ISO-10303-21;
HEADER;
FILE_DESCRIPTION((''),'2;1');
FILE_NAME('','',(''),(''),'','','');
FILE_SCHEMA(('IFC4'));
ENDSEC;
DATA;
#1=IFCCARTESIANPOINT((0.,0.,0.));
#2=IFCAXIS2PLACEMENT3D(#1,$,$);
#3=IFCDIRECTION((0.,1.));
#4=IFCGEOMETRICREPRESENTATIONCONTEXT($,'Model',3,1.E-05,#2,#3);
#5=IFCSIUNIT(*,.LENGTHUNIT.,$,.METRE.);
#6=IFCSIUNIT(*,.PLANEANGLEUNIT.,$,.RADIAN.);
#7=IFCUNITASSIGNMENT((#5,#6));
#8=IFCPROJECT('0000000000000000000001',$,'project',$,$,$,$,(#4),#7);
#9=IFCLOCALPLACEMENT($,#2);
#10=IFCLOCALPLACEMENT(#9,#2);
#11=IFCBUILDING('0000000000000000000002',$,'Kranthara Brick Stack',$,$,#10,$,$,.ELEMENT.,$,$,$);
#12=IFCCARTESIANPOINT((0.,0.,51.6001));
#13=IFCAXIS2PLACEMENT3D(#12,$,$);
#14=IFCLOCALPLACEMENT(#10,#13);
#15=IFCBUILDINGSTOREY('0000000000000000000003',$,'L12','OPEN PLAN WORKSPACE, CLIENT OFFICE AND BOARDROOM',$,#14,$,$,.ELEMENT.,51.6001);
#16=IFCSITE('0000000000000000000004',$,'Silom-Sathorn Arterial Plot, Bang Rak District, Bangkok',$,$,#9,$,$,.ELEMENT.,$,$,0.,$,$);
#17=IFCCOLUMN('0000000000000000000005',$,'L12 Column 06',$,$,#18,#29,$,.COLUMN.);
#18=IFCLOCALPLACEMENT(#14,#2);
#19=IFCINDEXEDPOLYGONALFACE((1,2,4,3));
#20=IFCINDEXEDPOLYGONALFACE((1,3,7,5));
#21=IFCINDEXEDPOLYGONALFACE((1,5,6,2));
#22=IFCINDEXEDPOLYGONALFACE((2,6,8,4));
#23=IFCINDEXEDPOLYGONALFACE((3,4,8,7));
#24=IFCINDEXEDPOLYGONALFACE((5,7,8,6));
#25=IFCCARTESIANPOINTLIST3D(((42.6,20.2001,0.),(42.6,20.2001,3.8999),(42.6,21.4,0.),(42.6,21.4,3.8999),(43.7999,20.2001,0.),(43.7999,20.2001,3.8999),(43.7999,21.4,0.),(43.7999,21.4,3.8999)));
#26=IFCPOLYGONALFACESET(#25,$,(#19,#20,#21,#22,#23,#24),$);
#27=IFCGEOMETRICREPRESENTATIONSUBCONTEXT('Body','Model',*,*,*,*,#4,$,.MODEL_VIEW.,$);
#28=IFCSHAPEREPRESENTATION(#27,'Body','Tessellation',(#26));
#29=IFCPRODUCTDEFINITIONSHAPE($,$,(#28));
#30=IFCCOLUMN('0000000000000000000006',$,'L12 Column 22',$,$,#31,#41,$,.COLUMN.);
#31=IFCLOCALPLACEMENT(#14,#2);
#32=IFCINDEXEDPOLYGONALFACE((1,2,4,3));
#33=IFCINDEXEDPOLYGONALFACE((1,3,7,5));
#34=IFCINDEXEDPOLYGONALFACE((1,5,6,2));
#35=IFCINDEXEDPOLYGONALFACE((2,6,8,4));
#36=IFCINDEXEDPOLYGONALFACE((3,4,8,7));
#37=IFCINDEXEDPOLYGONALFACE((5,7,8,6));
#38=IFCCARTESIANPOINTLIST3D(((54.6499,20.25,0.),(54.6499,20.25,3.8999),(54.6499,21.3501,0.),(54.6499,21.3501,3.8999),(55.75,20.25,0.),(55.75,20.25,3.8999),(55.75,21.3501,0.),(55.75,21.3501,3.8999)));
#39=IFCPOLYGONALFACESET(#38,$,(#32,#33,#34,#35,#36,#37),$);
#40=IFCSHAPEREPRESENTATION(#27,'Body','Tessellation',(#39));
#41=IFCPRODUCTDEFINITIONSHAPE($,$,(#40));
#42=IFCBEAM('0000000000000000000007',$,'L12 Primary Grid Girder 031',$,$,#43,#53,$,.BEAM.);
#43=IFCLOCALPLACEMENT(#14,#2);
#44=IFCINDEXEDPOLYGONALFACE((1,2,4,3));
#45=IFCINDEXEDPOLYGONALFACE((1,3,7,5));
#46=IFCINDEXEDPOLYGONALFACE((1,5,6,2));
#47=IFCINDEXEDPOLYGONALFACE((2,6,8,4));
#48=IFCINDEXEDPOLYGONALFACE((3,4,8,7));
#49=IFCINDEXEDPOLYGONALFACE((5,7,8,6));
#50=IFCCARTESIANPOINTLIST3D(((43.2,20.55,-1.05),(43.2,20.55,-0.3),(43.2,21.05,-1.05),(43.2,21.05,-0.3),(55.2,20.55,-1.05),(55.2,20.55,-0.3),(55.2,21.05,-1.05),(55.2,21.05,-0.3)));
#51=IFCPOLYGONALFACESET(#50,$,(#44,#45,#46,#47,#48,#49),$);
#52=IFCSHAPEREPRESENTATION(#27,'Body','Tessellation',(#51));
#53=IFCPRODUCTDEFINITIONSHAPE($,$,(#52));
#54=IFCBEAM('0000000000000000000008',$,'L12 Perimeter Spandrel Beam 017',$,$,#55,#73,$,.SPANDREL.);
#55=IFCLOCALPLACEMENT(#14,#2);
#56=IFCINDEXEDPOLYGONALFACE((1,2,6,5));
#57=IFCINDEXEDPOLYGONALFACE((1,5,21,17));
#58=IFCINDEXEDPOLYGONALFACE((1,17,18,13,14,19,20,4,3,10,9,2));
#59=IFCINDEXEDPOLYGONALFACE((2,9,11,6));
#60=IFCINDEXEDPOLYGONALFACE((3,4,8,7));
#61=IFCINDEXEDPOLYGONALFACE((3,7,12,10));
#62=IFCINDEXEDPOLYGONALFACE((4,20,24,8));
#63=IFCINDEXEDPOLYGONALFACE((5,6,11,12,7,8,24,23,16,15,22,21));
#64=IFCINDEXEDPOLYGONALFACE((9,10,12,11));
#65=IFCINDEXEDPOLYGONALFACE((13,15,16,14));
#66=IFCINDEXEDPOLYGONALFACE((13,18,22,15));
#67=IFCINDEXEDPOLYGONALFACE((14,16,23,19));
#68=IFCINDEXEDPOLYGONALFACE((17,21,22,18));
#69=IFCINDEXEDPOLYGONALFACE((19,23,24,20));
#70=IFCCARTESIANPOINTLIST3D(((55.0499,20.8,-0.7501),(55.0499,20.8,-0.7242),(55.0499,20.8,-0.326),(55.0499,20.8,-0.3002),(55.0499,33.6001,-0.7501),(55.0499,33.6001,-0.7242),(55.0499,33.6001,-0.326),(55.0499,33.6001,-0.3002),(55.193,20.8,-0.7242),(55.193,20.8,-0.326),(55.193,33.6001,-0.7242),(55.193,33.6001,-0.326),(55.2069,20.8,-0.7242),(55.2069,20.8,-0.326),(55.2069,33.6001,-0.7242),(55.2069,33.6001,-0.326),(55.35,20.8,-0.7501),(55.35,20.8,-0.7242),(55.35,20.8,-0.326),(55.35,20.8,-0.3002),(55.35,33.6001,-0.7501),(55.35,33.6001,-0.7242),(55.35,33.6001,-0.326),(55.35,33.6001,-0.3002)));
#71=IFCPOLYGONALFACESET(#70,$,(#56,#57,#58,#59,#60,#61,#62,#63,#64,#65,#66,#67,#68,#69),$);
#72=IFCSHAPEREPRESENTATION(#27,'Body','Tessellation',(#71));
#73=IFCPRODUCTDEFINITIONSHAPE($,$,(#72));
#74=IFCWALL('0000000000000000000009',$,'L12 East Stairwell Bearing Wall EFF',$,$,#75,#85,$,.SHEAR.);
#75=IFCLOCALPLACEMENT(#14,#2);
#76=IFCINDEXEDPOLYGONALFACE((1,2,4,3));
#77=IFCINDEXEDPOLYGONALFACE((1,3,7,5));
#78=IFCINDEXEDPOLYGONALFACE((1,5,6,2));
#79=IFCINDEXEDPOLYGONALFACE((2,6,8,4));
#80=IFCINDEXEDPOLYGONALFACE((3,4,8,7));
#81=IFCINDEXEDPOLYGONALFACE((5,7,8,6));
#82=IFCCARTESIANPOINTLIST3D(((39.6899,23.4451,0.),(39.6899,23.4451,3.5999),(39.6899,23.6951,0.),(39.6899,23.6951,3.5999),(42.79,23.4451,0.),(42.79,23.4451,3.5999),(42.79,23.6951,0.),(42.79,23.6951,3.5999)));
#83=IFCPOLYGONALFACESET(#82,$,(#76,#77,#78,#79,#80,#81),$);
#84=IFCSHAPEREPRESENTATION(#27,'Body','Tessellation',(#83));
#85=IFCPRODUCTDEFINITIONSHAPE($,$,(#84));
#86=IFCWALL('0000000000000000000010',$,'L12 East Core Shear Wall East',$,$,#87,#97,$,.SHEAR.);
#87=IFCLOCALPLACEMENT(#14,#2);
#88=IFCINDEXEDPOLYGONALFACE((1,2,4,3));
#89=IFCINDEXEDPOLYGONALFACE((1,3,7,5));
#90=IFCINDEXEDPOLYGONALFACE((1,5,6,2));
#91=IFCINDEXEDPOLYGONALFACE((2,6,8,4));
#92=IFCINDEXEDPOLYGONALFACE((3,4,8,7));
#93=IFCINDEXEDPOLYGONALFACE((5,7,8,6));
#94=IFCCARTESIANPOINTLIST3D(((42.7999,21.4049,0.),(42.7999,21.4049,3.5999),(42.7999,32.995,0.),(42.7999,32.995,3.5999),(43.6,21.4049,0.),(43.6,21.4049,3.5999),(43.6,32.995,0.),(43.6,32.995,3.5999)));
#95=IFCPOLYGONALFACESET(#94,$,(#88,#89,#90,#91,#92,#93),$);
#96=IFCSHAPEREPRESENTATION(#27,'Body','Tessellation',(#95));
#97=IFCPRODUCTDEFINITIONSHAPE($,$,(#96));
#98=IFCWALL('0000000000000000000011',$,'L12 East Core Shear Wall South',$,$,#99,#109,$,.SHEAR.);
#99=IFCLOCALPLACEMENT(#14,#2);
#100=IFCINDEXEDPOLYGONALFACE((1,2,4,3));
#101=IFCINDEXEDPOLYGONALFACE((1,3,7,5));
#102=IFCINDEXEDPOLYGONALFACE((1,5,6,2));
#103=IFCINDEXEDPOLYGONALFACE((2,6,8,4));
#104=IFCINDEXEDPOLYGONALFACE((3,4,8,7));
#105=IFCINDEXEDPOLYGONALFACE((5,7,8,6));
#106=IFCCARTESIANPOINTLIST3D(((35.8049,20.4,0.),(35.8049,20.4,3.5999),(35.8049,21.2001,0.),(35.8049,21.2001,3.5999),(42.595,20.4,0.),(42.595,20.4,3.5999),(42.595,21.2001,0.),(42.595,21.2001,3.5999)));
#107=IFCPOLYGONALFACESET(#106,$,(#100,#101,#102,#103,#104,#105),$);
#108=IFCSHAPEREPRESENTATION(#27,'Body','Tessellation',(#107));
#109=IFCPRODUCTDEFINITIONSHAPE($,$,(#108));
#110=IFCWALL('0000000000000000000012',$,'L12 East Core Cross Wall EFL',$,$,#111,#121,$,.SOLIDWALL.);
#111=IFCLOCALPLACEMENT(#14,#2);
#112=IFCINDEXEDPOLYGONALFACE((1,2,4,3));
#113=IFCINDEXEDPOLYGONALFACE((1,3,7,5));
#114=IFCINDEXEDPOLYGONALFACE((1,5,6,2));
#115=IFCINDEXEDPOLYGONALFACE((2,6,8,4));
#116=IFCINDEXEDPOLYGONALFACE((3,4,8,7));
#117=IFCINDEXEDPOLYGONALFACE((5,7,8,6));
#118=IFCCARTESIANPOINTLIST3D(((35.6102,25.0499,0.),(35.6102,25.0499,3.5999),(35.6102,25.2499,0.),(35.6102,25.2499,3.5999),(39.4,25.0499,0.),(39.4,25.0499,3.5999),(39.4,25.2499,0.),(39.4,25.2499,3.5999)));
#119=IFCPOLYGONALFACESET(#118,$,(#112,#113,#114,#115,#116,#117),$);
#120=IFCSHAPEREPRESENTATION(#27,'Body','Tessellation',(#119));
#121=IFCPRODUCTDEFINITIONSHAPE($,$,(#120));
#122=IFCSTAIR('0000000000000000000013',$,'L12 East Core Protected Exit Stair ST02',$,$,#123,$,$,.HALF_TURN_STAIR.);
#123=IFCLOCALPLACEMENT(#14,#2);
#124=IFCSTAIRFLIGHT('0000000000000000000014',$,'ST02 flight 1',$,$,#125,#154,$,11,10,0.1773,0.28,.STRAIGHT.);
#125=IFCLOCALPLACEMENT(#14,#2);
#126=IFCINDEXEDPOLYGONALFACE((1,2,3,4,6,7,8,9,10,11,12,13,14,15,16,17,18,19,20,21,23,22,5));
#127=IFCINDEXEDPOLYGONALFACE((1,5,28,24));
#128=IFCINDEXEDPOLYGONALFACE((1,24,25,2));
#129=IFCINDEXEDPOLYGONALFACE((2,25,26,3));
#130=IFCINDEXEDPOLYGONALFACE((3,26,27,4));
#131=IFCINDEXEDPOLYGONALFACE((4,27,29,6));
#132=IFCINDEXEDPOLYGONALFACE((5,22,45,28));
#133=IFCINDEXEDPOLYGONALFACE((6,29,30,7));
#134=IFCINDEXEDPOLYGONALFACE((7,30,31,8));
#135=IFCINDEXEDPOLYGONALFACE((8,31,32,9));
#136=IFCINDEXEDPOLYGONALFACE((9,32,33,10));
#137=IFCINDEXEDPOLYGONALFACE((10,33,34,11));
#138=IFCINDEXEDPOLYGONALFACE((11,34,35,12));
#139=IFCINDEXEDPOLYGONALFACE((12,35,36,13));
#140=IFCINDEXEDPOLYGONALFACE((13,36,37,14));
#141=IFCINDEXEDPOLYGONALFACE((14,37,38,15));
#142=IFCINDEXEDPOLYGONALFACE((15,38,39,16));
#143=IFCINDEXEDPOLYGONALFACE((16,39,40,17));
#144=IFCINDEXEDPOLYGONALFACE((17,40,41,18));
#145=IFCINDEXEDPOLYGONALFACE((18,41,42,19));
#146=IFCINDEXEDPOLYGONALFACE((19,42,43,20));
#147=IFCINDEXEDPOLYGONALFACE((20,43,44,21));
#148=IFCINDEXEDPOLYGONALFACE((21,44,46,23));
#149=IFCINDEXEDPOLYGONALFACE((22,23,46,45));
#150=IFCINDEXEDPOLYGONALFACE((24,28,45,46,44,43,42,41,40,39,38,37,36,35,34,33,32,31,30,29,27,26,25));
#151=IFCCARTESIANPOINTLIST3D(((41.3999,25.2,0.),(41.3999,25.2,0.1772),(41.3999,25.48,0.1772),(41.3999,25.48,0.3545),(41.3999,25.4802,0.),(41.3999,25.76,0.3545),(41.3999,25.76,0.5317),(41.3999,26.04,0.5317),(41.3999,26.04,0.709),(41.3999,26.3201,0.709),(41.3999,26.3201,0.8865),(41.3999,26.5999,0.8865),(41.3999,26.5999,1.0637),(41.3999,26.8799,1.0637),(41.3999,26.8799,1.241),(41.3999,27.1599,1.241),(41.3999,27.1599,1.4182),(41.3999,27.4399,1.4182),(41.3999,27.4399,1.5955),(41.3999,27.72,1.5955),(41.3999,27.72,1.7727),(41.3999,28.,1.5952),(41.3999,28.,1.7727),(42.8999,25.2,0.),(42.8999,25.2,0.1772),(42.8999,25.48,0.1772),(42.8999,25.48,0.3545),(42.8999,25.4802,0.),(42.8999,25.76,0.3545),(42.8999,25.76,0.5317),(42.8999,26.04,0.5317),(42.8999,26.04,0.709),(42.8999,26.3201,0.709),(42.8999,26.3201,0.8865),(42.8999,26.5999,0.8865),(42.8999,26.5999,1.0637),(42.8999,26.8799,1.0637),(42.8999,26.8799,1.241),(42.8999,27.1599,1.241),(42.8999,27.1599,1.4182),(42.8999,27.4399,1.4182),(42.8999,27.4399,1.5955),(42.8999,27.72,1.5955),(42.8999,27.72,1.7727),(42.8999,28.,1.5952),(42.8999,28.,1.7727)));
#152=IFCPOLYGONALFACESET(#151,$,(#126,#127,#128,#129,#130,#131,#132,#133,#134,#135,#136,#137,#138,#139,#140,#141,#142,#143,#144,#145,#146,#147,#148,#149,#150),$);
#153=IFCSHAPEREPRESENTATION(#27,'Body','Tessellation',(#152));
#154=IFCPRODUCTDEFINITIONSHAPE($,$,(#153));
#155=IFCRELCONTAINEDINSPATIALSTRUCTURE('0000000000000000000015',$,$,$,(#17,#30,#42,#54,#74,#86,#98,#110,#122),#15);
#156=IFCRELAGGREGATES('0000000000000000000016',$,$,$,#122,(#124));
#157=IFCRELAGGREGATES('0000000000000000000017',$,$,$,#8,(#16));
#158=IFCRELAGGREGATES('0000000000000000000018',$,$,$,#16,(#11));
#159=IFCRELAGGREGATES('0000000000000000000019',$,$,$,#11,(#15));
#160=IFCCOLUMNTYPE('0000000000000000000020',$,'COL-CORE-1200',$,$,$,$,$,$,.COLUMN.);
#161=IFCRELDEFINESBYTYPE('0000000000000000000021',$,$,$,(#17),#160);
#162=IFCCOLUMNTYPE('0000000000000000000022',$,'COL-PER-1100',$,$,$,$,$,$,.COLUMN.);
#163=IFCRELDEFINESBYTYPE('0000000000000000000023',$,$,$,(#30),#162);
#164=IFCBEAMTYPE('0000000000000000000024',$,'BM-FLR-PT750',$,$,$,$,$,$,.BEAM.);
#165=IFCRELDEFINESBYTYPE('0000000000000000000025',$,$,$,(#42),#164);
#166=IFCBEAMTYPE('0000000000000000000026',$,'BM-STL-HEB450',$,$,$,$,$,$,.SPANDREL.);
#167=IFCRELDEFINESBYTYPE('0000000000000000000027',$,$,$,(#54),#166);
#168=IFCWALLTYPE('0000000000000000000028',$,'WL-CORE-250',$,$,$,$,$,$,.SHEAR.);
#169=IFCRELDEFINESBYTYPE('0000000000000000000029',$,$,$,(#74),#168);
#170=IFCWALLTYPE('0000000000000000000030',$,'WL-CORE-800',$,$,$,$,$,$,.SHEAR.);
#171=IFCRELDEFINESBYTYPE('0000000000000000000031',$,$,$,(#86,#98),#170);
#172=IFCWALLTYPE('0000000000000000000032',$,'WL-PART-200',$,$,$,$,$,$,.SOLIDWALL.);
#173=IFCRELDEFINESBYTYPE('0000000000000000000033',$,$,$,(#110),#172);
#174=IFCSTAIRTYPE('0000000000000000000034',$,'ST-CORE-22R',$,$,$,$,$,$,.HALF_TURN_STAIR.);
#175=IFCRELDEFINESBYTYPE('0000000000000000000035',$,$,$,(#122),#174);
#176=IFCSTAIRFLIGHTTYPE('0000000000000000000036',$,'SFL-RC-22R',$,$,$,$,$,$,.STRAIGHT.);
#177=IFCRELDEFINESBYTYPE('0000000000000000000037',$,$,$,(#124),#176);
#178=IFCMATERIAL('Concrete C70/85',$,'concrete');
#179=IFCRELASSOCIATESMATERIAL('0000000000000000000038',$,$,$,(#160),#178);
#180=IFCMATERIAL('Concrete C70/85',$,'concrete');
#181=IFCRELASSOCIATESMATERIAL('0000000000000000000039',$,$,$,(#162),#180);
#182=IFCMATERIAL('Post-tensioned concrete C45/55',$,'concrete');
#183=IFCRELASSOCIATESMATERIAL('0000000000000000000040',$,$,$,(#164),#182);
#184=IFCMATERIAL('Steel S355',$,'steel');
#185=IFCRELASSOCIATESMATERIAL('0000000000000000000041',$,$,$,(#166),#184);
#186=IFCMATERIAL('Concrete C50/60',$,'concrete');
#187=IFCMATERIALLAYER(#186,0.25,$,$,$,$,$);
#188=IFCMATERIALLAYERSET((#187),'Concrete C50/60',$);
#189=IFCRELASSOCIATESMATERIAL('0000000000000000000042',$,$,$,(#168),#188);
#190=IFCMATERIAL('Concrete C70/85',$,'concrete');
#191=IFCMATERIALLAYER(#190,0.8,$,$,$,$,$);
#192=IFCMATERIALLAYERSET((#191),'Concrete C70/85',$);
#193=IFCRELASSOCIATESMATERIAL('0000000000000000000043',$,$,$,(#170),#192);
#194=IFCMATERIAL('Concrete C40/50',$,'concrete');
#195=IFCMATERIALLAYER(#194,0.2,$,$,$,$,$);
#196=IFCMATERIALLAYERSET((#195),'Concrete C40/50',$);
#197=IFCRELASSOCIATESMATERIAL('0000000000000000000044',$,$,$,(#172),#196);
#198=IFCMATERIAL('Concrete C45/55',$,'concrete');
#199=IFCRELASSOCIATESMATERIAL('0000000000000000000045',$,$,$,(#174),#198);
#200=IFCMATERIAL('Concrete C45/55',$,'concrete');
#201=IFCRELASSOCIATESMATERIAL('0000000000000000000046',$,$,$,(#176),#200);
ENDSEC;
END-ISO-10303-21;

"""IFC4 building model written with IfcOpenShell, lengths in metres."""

from ifc_helpers import new_model, si_unit, direction, frame, frame_2d, origin, origin_2d, place, context, subcontext, project, spatial, polyline, rectangle, i_section, outline, extrude, material, layer, layer_set, material_profile, profile_set, type_object, element, aggregate, save


model = new_model("IFC4")

# Units and contexts
model_context = context("Model", 3, precision=1e-05, world=origin(), true_north=direction((0.0, 1.0)))
body_context = subcontext(model_context, "Body", "Model", "MODEL_VIEW")
ifc_project = project(units=[si_unit("LENGTHUNIT", "METRE"), si_unit("PLANEANGLEUNIT", "RADIAN")], contexts=[model_context])

# Site, building, storey
site_placement = place(None, origin())
site = spatial("IfcSite", under=ifc_project, at=site_placement, Name="Silom-Sathorn Arterial Plot, Bang Rak District, Bangkok", CompositionType="ELEMENT", RefElevation=0.0)
building_placement = place(site_placement, origin())
building = spatial("IfcBuilding", under=site, at=building_placement, Name="Kranthara Brick Stack", CompositionType="ELEMENT")
storey_placement = place(building_placement, frame((0.0, 0.0, 51.6001)))
storey = spatial("IfcBuildingStorey", under=building, at=storey_placement, Name="L12", Description="OPEN PLAN WORKSPACE, CLIENT OFFICE AND BOARDROOM", CompositionType="ELEMENT", Elevation=51.6001)

# Columns
ifc_material_1 = material(Name="Concrete C70/85", Category="concrete")
ifc_material_profile_1 = material_profile(ifc_material_1, rectangle(XDim=1.2, YDim=1.2, at=origin_2d()), Name="RC 1200x1200")
ifc_profile_set_1 = profile_set([ifc_material_profile_1], Name="Concrete C70/85")
column_type_1 = type_object("IfcColumnType", Name="COL-CORE-1200", PredefinedType="COLUMN", material=ifc_profile_set_1)
column_1_placement = place(storey_placement, frame((43.2, 20.8, 0.0), z_axis=(0.0, 0.0, 1.0), x_axis=(1.0, 0.0, 0.0)))
element("IfcColumn", 1, at=column_1_placement, inside=storey, type_object=column_type_1, Name="L12 Column 06", PredefinedType="COLUMN", context=body_context, shape_type="SweptSolid", body=[
    extrude(rectangle(XDim=1.2, YDim=1.2, at=origin_2d()), origin(), (0.0, 0.0, 1.0), 3.8999),
])
ifc_material_2 = material(Name="Concrete C70/85", Category="concrete")
ifc_material_profile_2 = material_profile(ifc_material_2, rectangle(XDim=1.1001, YDim=1.1001, at=origin_2d()), Name="RC 1100x1100")
ifc_profile_set_2 = profile_set([ifc_material_profile_2], Name="Concrete C70/85")
column_type_2 = type_object("IfcColumnType", Name="COL-PER-1100", PredefinedType="COLUMN", material=ifc_profile_set_2)
column_2_placement = place(storey_placement, frame((55.2, 20.8, 0.0), z_axis=(0.0, 0.0, 1.0), x_axis=(1.0, 0.0, 0.0)))
element("IfcColumn", 2, at=column_2_placement, inside=storey, type_object=column_type_2, Name="L12 Column 22", PredefinedType="COLUMN", context=body_context, shape_type="SweptSolid", body=[
    extrude(rectangle(XDim=1.1001, YDim=1.1001, at=origin_2d()), origin(), (0.0, 0.0, 1.0), 3.8999),
])

# Beams
ifc_material_3 = material(Name="Post-tensioned concrete C45/55", Category="concrete")
ifc_material_profile_3 = material_profile(ifc_material_3, rectangle(XDim=0.5, YDim=0.75, at=origin_2d()), Name="PT 500x750")
ifc_profile_set_3 = profile_set([ifc_material_profile_3], Name="Post-tensioned concrete C45/55")
beam_type_1 = type_object("IfcBeamType", Name="BM-FLR-PT750", PredefinedType="BEAM", material=ifc_profile_set_3)
beam_1_placement = place(storey_placement, frame((43.2, 20.8, -0.675), z_axis=(1.0, 0.0, 0.0), x_axis=(0.0, 1.0, 0.0)))
element("IfcBeam", 3, at=beam_1_placement, inside=storey, type_object=beam_type_1, Name="L12 Primary Grid Girder 031", PredefinedType="BEAM", context=body_context, shape_type="SweptSolid", body=[
    extrude(rectangle(XDim=0.5, YDim=0.75, at=origin_2d()), origin(), (0.0, 0.0, 1.0), 12.0),
])
ifc_material_4 = material(Name="Steel S355", Category="steel")
ifc_material_profile_4 = material_profile(ifc_material_4, i_section(OverallWidth=0.3, OverallDepth=0.45, WebThickness=0.0139, FlangeThickness=0.0259, at=origin_2d()), Name="HEB 450")
ifc_profile_set_4 = profile_set([ifc_material_profile_4], Name="Steel S355")
beam_type_2 = type_object("IfcBeamType", Name="BM-STL-HEB450", PredefinedType="SPANDREL", material=ifc_profile_set_4)
beam_2_placement = place(storey_placement, frame((55.2, 20.8, -0.5251), z_axis=(0.0, 1.0, 0.0), x_axis=(-1.0, 0.0, 0.0)))
element("IfcBeam", 4, at=beam_2_placement, inside=storey, type_object=beam_type_2, Name="L12 Perimeter Spandrel Beam 017", PredefinedType="SPANDREL", context=body_context, shape_type="SweptSolid", body=[
    extrude(i_section(OverallWidth=0.3, OverallDepth=0.45, WebThickness=0.0139, FlangeThickness=0.0259, at=origin_2d()), origin(), (0.0, 0.0, 1.0), 12.8),
])

# Shared definitions
ifc_material_5 = material(Name="Concrete C50/60", Category="concrete")
ifc_layer_1 = layer(ifc_material_5, 0.25)
ifc_layer_set_1 = layer_set([ifc_layer_1], Name="Concrete C50/60")
wall_type_1 = type_object("IfcWallType", Name="WL-CORE-250", PredefinedType="SHEAR", material=ifc_layer_set_1)

# Walls
wall_1_placement = place(storey_placement, frame((39.6899, 23.5701, 0.0), z_axis=(0.0, 0.0, 1.0), x_axis=(1.0, 0.0, 0.0)))
element("IfcWall", 5, at=wall_1_placement, inside=storey, type_object=wall_type_1, Name="L12 East Stairwell Bearing Wall EFF", PredefinedType="SHEAR", context=body_context, shape_type="SweptSolid", body=[
    extrude(rectangle(XDim=3.1001, YDim=0.25, at=frame_2d((1.55, 0.0))), origin(), (0.0, 0.0, 1.0), 3.5999),
])
ifc_material_6 = material(Name="Concrete C70/85", Category="concrete")
ifc_layer_2 = layer(ifc_material_6, 0.8)
ifc_layer_set_2 = layer_set([ifc_layer_2], Name="Concrete C70/85")
wall_type_2 = type_object("IfcWallType", Name="WL-CORE-800", PredefinedType="SHEAR", material=ifc_layer_set_2)
wall_2_placement = place(storey_placement, frame((43.2, 21.405, 0.0), z_axis=(0.0, 0.0, 1.0), x_axis=(0.0, 1.0, 0.0)))
element("IfcWall", 6, at=wall_2_placement, inside=storey, type_object=wall_type_2, Name="L12 East Core Shear Wall East", PredefinedType="SHEAR", context=body_context, shape_type="SweptSolid", body=[
    extrude(rectangle(XDim=11.5901, YDim=0.8, at=frame_2d((5.7949, 0.0))), origin(), (0.0, 0.0, 1.0), 3.5999),
])
wall_3_placement = place(storey_placement, frame((35.8049, 20.8, 0.0), z_axis=(0.0, 0.0, 1.0), x_axis=(1.0, 0.0, 0.0)))
element("IfcWall", 7, at=wall_3_placement, inside=storey, type_object=wall_type_2, Name="L12 East Core Shear Wall South", PredefinedType="SHEAR", context=body_context, shape_type="SweptSolid", body=[
    extrude(rectangle(XDim=6.79, YDim=0.8, at=frame_2d((3.395, 0.0))), origin(), (0.0, 0.0, 1.0), 3.5999),
])
ifc_material_7 = material(Name="Concrete C40/50", Category="concrete")
ifc_layer_3 = layer(ifc_material_7, 0.2)
ifc_layer_set_3 = layer_set([ifc_layer_3], Name="Concrete C40/50")
wall_type_3 = type_object("IfcWallType", Name="WL-PART-200", PredefinedType="SOLIDWALL", material=ifc_layer_set_3)
wall_4_placement = place(storey_placement, frame((35.6101, 25.1499, 0.0), z_axis=(0.0, 0.0, 1.0), x_axis=(1.0, 0.0, 0.0)))
element("IfcWall", 8, at=wall_4_placement, inside=storey, type_object=wall_type_3, Name="L12 East Core Cross Wall EFL", PredefinedType="SOLIDWALL", context=body_context, shape_type="SweptSolid", body=[
    extrude(rectangle(XDim=3.7898, YDim=0.2, at=frame_2d((1.895, 0.0))), origin(), (0.0, 0.0, 1.0), 3.5999),
])

# Stair, stair flight
ifc_material_8 = material(Name="Concrete C45/55", Category="concrete")
stair_type = type_object("IfcStairType", Name="ST-CORE-22R", PredefinedType="HALF_TURN_STAIR", material=ifc_material_8)
stair_placement = place(storey_placement, origin())
stair = element("IfcStair", 9, at=stair_placement, inside=storey, type_object=stair_type, Name="L12 East Core Protected Exit Stair ST02", PredefinedType="HALF_TURN_STAIR")
ifc_material_9 = material(Name="Concrete C45/55", Category="concrete")
stair_flight_type = type_object("IfcStairFlightType", Name="SFL-RC-22R", PredefinedType="STRAIGHT", material=ifc_material_9)
stair_flight_placement = place(storey_placement, frame((42.1499, 25.2, 0.0), z_axis=(0.0, 0.0, 1.0), x_axis=(0.0, 1.0, 0.0)))
stair_flight = element("IfcStairFlight", 10, at=stair_flight_placement, type_object=stair_flight_type, Name="ST02 flight 1", NumberOfRisers=11, NumberOfTreads=10, PredefinedType="STRAIGHT", RiserHeight=0.1773, TreadLength=0.28, context=body_context, shape_type="SweptSolid", body=[
    extrude(outline(polyline([(0.0, 0.0), (0.0, 0.1772), (0.28, 0.1772), (0.28, 0.3545), (0.5601, 0.3545), (0.5601, 0.5317), (0.8401, 0.5317), (0.8401, 0.709), (1.1201, 0.709), (1.1201, 0.8865), (1.3999, 0.8865), (1.3999, 1.0637), (1.6799, 1.0637), (1.6799, 1.241), (1.96, 1.241), (1.96, 1.4182), (2.24, 1.4182), (2.24, 1.5955), (2.52, 1.5955), (2.52, 1.7727), (2.8, 1.7727), (2.8, 1.95), (2.8, 1.5952), (0.2803, 0.0), (0.0, 0.0)])), frame((0.0, 0.75, 0.0), z_axis=(0.0, -1.0, 0.0), x_axis=(1.0, 0.0, 0.0)), (0.0, 0.0, 1.0), 1.5),
])
aggregate(stair, [stair_flight])

save(model, "model.ifc")
